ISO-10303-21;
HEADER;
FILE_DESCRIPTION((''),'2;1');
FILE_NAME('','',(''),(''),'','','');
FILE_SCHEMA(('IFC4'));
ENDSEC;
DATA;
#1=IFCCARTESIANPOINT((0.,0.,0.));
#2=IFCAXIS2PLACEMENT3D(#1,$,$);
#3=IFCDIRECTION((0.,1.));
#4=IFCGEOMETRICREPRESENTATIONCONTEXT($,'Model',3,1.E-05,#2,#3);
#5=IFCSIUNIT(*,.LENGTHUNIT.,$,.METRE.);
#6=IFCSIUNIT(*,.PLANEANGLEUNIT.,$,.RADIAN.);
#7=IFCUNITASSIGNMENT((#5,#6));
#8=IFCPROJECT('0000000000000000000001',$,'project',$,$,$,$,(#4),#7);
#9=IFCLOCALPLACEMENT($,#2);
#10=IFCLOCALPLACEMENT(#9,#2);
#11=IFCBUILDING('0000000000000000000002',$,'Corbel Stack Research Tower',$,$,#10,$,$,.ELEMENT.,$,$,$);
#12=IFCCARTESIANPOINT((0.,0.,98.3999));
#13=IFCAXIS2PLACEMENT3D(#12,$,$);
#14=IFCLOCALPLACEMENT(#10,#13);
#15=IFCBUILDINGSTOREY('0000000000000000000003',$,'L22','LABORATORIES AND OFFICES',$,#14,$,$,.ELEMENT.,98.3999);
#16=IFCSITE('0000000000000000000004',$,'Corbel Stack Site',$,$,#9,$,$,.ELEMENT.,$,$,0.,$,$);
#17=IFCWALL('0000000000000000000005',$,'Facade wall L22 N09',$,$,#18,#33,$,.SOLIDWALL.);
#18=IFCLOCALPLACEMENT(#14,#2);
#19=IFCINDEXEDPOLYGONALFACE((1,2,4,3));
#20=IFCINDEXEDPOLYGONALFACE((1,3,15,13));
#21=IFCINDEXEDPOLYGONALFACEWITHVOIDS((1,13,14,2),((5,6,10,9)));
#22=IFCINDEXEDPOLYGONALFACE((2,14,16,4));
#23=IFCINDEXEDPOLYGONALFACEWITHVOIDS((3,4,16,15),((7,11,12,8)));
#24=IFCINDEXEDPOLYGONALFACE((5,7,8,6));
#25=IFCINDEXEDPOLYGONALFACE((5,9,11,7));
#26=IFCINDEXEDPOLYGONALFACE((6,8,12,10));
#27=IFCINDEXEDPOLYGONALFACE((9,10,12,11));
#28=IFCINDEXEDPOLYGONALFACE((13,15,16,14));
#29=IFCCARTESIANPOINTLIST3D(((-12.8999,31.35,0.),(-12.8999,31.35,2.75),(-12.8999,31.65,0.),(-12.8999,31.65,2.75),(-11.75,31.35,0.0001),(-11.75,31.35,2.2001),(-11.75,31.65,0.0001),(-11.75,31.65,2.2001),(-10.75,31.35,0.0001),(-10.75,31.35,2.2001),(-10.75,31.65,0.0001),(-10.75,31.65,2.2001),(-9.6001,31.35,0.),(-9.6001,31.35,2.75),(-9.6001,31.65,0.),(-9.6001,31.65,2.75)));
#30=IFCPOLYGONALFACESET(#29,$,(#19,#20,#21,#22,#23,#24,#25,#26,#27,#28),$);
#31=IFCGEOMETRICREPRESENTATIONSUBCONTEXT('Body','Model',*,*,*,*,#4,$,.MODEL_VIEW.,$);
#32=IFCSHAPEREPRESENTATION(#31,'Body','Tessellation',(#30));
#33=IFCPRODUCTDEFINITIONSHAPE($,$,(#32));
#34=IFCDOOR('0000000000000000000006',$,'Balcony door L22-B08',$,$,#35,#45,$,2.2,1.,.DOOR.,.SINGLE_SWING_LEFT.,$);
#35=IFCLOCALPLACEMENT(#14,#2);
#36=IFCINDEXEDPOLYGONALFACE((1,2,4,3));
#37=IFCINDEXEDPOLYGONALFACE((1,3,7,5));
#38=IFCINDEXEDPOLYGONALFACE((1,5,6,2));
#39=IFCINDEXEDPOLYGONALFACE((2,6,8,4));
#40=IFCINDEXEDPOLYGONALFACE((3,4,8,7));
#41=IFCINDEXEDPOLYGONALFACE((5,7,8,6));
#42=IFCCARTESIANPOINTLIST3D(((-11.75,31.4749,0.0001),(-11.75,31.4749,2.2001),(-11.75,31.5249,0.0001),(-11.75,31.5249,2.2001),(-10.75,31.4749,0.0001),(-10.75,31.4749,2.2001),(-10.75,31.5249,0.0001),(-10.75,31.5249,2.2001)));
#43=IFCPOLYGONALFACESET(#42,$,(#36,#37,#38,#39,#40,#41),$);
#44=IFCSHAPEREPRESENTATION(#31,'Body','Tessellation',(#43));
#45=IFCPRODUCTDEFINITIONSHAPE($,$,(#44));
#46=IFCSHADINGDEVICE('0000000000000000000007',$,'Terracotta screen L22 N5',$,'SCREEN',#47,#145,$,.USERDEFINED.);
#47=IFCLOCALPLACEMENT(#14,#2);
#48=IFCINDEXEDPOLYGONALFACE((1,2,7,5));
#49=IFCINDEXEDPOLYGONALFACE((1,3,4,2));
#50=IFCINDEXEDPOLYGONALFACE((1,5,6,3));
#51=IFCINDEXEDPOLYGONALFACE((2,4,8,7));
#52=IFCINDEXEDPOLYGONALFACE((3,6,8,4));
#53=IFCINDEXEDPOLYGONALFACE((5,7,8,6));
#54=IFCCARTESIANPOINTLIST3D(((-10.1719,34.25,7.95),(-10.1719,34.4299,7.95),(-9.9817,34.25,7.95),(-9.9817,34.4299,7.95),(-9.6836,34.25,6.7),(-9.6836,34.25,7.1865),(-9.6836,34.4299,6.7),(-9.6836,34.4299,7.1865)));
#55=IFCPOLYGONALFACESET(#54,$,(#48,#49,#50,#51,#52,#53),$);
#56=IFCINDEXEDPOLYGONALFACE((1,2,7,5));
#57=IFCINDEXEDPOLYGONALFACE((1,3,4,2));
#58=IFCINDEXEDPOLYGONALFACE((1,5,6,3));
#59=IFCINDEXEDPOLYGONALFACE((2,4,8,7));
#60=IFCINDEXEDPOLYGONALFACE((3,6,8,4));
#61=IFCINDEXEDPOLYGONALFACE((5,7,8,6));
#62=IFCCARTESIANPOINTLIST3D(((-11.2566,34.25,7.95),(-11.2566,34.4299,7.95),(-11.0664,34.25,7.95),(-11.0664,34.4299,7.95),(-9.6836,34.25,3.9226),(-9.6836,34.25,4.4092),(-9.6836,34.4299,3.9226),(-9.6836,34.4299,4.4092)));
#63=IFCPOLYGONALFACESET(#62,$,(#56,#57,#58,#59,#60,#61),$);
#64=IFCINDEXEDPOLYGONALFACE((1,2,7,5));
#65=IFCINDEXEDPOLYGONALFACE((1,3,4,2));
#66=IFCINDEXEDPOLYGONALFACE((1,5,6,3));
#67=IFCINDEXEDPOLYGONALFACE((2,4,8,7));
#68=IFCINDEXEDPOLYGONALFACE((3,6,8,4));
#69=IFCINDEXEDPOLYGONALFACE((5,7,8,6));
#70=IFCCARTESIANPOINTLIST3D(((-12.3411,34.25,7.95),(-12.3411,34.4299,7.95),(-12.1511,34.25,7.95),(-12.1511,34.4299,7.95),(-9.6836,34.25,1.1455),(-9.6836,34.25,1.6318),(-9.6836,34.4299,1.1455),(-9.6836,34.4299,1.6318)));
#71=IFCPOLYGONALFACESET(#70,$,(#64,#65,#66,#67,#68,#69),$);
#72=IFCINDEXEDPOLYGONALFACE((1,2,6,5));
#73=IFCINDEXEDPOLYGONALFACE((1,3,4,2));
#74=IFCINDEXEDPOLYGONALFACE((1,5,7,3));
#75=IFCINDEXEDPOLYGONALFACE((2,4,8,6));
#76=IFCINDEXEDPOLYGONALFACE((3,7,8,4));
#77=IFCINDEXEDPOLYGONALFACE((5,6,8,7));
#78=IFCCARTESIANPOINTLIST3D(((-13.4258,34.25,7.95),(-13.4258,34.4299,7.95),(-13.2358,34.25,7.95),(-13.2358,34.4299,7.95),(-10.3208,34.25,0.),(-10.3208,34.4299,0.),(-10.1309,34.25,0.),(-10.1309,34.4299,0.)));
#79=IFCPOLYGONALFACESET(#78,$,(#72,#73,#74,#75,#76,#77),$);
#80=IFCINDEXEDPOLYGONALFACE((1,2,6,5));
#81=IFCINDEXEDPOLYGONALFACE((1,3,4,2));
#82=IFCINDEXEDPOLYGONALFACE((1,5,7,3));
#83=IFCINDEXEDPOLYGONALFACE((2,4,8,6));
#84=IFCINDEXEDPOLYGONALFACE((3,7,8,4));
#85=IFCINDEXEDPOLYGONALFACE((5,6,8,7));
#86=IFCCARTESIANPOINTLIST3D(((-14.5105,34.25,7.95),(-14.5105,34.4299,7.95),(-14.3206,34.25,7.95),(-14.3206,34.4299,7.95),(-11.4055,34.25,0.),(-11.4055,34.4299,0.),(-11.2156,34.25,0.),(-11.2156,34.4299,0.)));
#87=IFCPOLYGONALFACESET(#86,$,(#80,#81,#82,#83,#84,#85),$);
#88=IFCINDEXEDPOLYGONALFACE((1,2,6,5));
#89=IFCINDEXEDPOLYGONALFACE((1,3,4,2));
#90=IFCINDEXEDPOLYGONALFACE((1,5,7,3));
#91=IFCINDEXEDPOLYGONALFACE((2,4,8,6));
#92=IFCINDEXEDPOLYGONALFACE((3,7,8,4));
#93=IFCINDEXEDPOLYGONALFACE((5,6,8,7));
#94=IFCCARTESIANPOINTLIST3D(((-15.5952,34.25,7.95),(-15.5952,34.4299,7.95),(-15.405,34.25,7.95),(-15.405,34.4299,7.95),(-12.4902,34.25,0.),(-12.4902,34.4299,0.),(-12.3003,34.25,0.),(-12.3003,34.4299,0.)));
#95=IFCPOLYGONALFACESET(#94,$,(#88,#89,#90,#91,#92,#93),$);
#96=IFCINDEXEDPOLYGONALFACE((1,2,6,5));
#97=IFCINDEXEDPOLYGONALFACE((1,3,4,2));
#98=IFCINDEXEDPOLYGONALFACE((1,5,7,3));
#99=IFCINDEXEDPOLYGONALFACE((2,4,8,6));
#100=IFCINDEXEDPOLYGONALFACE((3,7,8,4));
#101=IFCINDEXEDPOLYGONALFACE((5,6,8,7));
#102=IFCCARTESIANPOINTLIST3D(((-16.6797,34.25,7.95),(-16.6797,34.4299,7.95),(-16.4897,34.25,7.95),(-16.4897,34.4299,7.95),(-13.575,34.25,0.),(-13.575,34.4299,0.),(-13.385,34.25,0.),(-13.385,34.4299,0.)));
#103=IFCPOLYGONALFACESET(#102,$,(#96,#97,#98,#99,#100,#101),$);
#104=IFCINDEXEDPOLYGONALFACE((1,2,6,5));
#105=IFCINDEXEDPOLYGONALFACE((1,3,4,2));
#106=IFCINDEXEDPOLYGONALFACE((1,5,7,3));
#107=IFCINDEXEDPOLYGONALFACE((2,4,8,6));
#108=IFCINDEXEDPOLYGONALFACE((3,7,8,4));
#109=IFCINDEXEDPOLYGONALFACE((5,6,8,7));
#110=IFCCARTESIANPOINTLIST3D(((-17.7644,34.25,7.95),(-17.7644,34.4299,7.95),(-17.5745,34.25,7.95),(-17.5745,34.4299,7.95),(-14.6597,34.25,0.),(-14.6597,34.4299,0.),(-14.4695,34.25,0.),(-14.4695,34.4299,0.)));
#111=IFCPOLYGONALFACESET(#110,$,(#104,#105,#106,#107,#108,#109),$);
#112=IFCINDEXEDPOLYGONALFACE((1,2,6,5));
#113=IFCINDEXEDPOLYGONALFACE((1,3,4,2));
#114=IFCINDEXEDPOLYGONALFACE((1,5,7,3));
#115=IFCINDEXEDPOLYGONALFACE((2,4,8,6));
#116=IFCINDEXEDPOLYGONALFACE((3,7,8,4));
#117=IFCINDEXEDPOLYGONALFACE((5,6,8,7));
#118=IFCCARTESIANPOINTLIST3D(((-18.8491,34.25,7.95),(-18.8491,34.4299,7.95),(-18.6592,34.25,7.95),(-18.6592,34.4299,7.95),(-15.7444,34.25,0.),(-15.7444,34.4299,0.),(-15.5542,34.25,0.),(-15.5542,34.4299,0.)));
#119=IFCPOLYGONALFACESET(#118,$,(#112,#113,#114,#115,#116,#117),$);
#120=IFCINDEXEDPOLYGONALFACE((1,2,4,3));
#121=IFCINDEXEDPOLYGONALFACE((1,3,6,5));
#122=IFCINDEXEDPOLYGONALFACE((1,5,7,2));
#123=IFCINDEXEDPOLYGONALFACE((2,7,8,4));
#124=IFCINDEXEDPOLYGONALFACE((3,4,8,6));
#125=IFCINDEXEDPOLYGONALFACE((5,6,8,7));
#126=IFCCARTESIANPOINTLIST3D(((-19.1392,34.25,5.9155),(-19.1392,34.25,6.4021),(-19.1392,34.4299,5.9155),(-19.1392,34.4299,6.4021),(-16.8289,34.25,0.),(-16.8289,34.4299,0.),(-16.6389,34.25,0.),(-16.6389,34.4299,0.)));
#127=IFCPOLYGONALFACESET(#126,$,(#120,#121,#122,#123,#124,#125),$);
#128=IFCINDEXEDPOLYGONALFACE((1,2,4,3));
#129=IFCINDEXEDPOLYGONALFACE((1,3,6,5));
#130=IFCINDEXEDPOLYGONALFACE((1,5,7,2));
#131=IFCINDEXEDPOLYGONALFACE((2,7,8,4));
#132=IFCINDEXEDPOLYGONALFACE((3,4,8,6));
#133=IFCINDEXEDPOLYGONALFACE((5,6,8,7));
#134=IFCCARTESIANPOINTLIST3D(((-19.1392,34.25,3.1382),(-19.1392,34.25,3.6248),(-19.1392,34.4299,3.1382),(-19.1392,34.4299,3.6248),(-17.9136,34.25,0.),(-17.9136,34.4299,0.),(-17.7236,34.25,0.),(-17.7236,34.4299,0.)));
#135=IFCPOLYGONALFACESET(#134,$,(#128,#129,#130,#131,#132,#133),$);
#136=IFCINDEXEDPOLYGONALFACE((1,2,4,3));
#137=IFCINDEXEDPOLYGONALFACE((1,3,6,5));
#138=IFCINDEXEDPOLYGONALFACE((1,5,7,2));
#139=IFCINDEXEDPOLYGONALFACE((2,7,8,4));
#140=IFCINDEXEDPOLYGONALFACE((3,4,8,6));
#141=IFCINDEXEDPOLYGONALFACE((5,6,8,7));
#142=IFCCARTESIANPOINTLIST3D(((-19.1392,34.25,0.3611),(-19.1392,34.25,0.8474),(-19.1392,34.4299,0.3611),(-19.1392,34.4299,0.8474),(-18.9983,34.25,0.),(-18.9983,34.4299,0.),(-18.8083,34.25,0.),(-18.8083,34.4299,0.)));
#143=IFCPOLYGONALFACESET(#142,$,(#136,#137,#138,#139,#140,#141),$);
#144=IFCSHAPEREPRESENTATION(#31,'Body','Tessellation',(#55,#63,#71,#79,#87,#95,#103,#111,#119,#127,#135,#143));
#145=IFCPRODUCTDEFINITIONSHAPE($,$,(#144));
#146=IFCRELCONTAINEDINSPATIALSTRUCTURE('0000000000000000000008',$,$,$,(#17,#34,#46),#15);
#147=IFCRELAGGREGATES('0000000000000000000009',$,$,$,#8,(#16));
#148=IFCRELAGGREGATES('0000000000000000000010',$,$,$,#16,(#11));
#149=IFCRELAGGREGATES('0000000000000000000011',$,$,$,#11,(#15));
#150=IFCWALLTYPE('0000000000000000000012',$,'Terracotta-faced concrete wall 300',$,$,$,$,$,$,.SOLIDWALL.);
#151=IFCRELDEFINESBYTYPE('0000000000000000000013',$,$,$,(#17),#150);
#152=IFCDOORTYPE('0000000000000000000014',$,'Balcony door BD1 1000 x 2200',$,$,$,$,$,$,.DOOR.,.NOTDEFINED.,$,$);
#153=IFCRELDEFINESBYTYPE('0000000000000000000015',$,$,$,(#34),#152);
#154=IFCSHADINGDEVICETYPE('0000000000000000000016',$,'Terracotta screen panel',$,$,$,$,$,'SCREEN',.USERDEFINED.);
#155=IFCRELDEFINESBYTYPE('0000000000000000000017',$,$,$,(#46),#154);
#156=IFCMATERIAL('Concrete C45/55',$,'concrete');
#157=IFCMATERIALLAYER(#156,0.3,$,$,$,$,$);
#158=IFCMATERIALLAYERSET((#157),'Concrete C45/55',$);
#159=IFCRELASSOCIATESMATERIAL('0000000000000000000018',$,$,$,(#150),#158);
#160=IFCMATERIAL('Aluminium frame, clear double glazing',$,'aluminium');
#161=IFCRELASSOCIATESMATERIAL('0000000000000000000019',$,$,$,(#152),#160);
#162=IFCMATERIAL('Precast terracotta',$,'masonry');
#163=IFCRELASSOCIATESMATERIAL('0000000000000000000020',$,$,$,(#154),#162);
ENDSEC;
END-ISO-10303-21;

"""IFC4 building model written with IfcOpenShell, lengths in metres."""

from ifc_helpers import new_model, si_unit, direction, frame, frame_2d, origin, place, context, subcontext, project, spatial, polyline, rectangle, outline, extrude, source, transform, mapped, material, layer, layer_set, type_object, element, fill, save


model = new_model("IFC4")

# Units and contexts
model_context = context("Model", 3, precision=1e-05, world=origin(), true_north=direction((0.0, 1.0)))
body_context = subcontext(model_context, "Body", "Model", "MODEL_VIEW")
ifc_project = project(units=[si_unit("LENGTHUNIT", "METRE"), si_unit("PLANEANGLEUNIT", "RADIAN")], contexts=[model_context])

# Site, building, storey
site_placement = place(None, origin())
site = spatial("IfcSite", under=ifc_project, at=site_placement, Name="Corbel Stack Site", CompositionType="ELEMENT", RefElevation=0.0)
building_placement = place(site_placement, origin())
building = spatial("IfcBuilding", under=site, at=building_placement, Name="Corbel Stack Research Tower", CompositionType="ELEMENT")
storey_placement = place(building_placement, frame((0.0, 0.0, 98.3999)))
storey = spatial("IfcBuildingStorey", under=building, at=storey_placement, Name="L22", Description="LABORATORIES AND OFFICES", CompositionType="ELEMENT", Elevation=98.3999)

# Shared definitions
ifc_material_1 = material(Name="Concrete C45/55", Category="concrete")
ifc_layer_1 = layer(ifc_material_1, 0.3)
ifc_layer_set_1 = layer_set([ifc_layer_1], Name="Concrete C45/55")
wall_type = type_object("IfcWallType", Name="Terracotta-faced concrete wall 300", PredefinedType="SOLIDWALL", material=ifc_layer_set_1)

# Wall, opening, door
wall_1_placement = place(storey_placement, frame((-12.8999, 31.5, 0.0), z_axis=(0.0, 0.0, 1.0), x_axis=(1.0, 0.0, 0.0)))
wall_1 = element("IfcWall", 1, at=wall_1_placement, inside=storey, type_object=wall_type, Name="Facade wall L22 N09", PredefinedType="SOLIDWALL", context=body_context, shape_type="SweptSolid", body=[
    extrude(rectangle(XDim=3.2998, YDim=0.3, at=frame_2d((1.6499, 0.0))), origin(), (0.0, 0.0, 1.0), 2.75),
])
opening_1_placement = place(wall_1_placement, frame((1.1499, 0.0, 0.0)))
opening_1 = element("IfcOpeningElement", 2, at=opening_1_placement, cuts=wall_1, PredefinedType="OPENING", context=body_context, shape_type="SweptSolid", body=[
    extrude(rectangle(XDim=1.0, YDim=2.2, at=frame_2d((0.5, 1.1001))), frame((0.0, 0.1599, 0.0), z_axis=(0.0, -1.0, 0.0), x_axis=(1.0, 0.0, 0.0)), (0.0, 0.0, 1.0), 0.3201),
])
ifc_material_2 = material(Name="Aluminium frame, clear double glazing", Category="aluminium")
door_type = type_object("IfcDoorType", Name="Balcony door BD1 1000 x 2200", OperationType="NOTDEFINED", PredefinedType="DOOR", material=ifc_material_2)
door_placement = place(opening_1_placement, origin())
door = element("IfcDoor", 3, at=door_placement, inside=storey, type_object=door_type, Name="Balcony door L22-B08", OperationType="SINGLE_SWING_LEFT", OverallHeight=2.2, OverallWidth=1.0, PredefinedType="DOOR", context=body_context, shape_type="SweptSolid", body=[
    extrude(rectangle(XDim=1.0, YDim=2.2, at=frame_2d((0.5, 1.1001))), frame((0.0, 0.0249, 0.0), z_axis=(0.0, -1.0, 0.0), x_axis=(1.0, 0.0, 0.0)), (0.0, 0.0, 1.0), 0.05),
])
fill(opening_1, door)

# Shading device
ifc_material_3 = material(Name="Precast terracotta", Category="masonry")
shading_device_type = type_object("IfcShadingDeviceType", Name="Terracotta screen panel", ElementType="SCREEN", PredefinedType="USERDEFINED", material=ifc_material_3)
shared_shape_1 = source(origin(), body_context, "Body", "SweptSolid", [
    extrude(outline(polyline([(0.4883, 7.95), (0.2981, 7.95), (0.0, 7.1865), (0.0, 6.7), (0.4883, 7.95)])), frame((0.0, 0.0, 0.0), z_axis=(0.0, -1.0, 0.0), x_axis=(1.0, 0.0, 0.0)), (0.0, 0.0, 1.0), 0.1799),
    extrude(outline(polyline([(1.573, 7.95), (1.3828, 7.95), (0.0, 4.4092), (0.0, 3.9226), (1.573, 7.95)])), frame((0.0, 0.0, 0.0), z_axis=(0.0, -1.0, 0.0), x_axis=(1.0, 0.0, 0.0)), (0.0, 0.0, 1.0), 0.1799),
    extrude(outline(polyline([(2.6575, 7.95), (2.4675, 7.95), (0.0, 1.6318), (0.0, 1.1455), (2.6575, 7.95)])), frame((0.0, 0.0, 0.0), z_axis=(0.0, -1.0, 0.0), x_axis=(1.0, 0.0, 0.0)), (0.0, 0.0, 1.0), 0.1799),
    extrude(outline(polyline([(0.6372, 0.0), (3.7422, 7.95), (3.5522, 7.95), (0.4473, 0.0), (0.6372, 0.0)])), frame((0.0, 0.0, 0.0), z_axis=(0.0, -1.0, 0.0), x_axis=(1.0, 0.0, 0.0)), (0.0, 0.0, 1.0), 0.1799),
    extrude(outline(polyline([(1.7219, 0.0), (4.8269, 7.95), (4.637, 7.95), (1.532, 0.0), (1.7219, 0.0)])), frame((0.0, 0.0, 0.0), z_axis=(0.0, -1.0, 0.0), x_axis=(1.0, 0.0, 0.0)), (0.0, 0.0, 1.0), 0.1799),
    extrude(outline(polyline([(2.8066, 0.0), (5.9116, 7.95), (5.7214, 7.95), (2.6167, 0.0), (2.8066, 0.0)])), frame((0.0, 0.0, 0.0), z_axis=(0.0, -1.0, 0.0), x_axis=(1.0, 0.0, 0.0)), (0.0, 0.0, 1.0), 0.1799),
    extrude(outline(polyline([(3.8914, 0.0), (6.9961, 7.95), (6.8062, 7.95), (3.7014, 0.0), (3.8914, 0.0)])), frame((0.0, 0.0, 0.0), z_axis=(0.0, -1.0, 0.0), x_axis=(1.0, 0.0, 0.0)), (0.0, 0.0, 1.0), 0.1799),
    extrude(outline(polyline([(4.9761, 0.0), (8.0808, 7.95), (7.8909, 7.95), (4.7859, 0.0), (4.9761, 0.0)])), frame((0.0, 0.0, 0.0), z_axis=(0.0, -1.0, 0.0), x_axis=(1.0, 0.0, 0.0)), (0.0, 0.0, 1.0), 0.1799),
    extrude(outline(polyline([(6.0608, 0.0), (9.1655, 7.95), (8.9756, 7.95), (5.8706, 0.0), (6.0608, 0.0)])), frame((0.0, 0.0, 0.0), z_axis=(0.0, -1.0, 0.0), x_axis=(1.0, 0.0, 0.0)), (0.0, 0.0, 1.0), 0.1799),
    extrude(outline(polyline([(7.1453, 0.0), (9.4556, 5.9155), (9.4556, 6.4021), (6.9553, 0.0), (7.1453, 0.0)])), frame((0.0, 0.0, 0.0), z_axis=(0.0, -1.0, 0.0), x_axis=(1.0, 0.0, 0.0)), (0.0, 0.0, 1.0), 0.1799),
    extrude(outline(polyline([(8.23, 0.0), (9.4556, 3.1382), (9.4556, 3.6248), (8.04, 0.0), (8.23, 0.0)])), frame((0.0, 0.0, 0.0), z_axis=(0.0, -1.0, 0.0), x_axis=(1.0, 0.0, 0.0)), (0.0, 0.0, 1.0), 0.1799),
    extrude(outline(polyline([(9.3147, 0.0), (9.4556, 0.3611), (9.4556, 0.8474), (9.1248, 0.0), (9.3147, 0.0)])), frame((0.0, 0.0, 0.0), z_axis=(0.0, -1.0, 0.0), x_axis=(1.0, 0.0, 0.0)), (0.0, 0.0, 1.0), 0.1799),
])
shading_device_1_placement = place(storey_placement, frame((-9.6836, 34.25, 0.0), z_axis=(0.0, 0.0, 1.0), x_axis=(-1.0, 0.0, 0.0)))
element("IfcShadingDevice", 4, at=shading_device_1_placement, inside=storey, type_object=shading_device_type, Name="Terracotta screen L22 N5", ObjectType="SCREEN", PredefinedType="USERDEFINED", context=body_context, shape_type="MappedRepresentation", body=[
    mapped(shared_shape_1, transform((0.0, 0.0, 0.0))),
])

save(model, "model.ifc")
